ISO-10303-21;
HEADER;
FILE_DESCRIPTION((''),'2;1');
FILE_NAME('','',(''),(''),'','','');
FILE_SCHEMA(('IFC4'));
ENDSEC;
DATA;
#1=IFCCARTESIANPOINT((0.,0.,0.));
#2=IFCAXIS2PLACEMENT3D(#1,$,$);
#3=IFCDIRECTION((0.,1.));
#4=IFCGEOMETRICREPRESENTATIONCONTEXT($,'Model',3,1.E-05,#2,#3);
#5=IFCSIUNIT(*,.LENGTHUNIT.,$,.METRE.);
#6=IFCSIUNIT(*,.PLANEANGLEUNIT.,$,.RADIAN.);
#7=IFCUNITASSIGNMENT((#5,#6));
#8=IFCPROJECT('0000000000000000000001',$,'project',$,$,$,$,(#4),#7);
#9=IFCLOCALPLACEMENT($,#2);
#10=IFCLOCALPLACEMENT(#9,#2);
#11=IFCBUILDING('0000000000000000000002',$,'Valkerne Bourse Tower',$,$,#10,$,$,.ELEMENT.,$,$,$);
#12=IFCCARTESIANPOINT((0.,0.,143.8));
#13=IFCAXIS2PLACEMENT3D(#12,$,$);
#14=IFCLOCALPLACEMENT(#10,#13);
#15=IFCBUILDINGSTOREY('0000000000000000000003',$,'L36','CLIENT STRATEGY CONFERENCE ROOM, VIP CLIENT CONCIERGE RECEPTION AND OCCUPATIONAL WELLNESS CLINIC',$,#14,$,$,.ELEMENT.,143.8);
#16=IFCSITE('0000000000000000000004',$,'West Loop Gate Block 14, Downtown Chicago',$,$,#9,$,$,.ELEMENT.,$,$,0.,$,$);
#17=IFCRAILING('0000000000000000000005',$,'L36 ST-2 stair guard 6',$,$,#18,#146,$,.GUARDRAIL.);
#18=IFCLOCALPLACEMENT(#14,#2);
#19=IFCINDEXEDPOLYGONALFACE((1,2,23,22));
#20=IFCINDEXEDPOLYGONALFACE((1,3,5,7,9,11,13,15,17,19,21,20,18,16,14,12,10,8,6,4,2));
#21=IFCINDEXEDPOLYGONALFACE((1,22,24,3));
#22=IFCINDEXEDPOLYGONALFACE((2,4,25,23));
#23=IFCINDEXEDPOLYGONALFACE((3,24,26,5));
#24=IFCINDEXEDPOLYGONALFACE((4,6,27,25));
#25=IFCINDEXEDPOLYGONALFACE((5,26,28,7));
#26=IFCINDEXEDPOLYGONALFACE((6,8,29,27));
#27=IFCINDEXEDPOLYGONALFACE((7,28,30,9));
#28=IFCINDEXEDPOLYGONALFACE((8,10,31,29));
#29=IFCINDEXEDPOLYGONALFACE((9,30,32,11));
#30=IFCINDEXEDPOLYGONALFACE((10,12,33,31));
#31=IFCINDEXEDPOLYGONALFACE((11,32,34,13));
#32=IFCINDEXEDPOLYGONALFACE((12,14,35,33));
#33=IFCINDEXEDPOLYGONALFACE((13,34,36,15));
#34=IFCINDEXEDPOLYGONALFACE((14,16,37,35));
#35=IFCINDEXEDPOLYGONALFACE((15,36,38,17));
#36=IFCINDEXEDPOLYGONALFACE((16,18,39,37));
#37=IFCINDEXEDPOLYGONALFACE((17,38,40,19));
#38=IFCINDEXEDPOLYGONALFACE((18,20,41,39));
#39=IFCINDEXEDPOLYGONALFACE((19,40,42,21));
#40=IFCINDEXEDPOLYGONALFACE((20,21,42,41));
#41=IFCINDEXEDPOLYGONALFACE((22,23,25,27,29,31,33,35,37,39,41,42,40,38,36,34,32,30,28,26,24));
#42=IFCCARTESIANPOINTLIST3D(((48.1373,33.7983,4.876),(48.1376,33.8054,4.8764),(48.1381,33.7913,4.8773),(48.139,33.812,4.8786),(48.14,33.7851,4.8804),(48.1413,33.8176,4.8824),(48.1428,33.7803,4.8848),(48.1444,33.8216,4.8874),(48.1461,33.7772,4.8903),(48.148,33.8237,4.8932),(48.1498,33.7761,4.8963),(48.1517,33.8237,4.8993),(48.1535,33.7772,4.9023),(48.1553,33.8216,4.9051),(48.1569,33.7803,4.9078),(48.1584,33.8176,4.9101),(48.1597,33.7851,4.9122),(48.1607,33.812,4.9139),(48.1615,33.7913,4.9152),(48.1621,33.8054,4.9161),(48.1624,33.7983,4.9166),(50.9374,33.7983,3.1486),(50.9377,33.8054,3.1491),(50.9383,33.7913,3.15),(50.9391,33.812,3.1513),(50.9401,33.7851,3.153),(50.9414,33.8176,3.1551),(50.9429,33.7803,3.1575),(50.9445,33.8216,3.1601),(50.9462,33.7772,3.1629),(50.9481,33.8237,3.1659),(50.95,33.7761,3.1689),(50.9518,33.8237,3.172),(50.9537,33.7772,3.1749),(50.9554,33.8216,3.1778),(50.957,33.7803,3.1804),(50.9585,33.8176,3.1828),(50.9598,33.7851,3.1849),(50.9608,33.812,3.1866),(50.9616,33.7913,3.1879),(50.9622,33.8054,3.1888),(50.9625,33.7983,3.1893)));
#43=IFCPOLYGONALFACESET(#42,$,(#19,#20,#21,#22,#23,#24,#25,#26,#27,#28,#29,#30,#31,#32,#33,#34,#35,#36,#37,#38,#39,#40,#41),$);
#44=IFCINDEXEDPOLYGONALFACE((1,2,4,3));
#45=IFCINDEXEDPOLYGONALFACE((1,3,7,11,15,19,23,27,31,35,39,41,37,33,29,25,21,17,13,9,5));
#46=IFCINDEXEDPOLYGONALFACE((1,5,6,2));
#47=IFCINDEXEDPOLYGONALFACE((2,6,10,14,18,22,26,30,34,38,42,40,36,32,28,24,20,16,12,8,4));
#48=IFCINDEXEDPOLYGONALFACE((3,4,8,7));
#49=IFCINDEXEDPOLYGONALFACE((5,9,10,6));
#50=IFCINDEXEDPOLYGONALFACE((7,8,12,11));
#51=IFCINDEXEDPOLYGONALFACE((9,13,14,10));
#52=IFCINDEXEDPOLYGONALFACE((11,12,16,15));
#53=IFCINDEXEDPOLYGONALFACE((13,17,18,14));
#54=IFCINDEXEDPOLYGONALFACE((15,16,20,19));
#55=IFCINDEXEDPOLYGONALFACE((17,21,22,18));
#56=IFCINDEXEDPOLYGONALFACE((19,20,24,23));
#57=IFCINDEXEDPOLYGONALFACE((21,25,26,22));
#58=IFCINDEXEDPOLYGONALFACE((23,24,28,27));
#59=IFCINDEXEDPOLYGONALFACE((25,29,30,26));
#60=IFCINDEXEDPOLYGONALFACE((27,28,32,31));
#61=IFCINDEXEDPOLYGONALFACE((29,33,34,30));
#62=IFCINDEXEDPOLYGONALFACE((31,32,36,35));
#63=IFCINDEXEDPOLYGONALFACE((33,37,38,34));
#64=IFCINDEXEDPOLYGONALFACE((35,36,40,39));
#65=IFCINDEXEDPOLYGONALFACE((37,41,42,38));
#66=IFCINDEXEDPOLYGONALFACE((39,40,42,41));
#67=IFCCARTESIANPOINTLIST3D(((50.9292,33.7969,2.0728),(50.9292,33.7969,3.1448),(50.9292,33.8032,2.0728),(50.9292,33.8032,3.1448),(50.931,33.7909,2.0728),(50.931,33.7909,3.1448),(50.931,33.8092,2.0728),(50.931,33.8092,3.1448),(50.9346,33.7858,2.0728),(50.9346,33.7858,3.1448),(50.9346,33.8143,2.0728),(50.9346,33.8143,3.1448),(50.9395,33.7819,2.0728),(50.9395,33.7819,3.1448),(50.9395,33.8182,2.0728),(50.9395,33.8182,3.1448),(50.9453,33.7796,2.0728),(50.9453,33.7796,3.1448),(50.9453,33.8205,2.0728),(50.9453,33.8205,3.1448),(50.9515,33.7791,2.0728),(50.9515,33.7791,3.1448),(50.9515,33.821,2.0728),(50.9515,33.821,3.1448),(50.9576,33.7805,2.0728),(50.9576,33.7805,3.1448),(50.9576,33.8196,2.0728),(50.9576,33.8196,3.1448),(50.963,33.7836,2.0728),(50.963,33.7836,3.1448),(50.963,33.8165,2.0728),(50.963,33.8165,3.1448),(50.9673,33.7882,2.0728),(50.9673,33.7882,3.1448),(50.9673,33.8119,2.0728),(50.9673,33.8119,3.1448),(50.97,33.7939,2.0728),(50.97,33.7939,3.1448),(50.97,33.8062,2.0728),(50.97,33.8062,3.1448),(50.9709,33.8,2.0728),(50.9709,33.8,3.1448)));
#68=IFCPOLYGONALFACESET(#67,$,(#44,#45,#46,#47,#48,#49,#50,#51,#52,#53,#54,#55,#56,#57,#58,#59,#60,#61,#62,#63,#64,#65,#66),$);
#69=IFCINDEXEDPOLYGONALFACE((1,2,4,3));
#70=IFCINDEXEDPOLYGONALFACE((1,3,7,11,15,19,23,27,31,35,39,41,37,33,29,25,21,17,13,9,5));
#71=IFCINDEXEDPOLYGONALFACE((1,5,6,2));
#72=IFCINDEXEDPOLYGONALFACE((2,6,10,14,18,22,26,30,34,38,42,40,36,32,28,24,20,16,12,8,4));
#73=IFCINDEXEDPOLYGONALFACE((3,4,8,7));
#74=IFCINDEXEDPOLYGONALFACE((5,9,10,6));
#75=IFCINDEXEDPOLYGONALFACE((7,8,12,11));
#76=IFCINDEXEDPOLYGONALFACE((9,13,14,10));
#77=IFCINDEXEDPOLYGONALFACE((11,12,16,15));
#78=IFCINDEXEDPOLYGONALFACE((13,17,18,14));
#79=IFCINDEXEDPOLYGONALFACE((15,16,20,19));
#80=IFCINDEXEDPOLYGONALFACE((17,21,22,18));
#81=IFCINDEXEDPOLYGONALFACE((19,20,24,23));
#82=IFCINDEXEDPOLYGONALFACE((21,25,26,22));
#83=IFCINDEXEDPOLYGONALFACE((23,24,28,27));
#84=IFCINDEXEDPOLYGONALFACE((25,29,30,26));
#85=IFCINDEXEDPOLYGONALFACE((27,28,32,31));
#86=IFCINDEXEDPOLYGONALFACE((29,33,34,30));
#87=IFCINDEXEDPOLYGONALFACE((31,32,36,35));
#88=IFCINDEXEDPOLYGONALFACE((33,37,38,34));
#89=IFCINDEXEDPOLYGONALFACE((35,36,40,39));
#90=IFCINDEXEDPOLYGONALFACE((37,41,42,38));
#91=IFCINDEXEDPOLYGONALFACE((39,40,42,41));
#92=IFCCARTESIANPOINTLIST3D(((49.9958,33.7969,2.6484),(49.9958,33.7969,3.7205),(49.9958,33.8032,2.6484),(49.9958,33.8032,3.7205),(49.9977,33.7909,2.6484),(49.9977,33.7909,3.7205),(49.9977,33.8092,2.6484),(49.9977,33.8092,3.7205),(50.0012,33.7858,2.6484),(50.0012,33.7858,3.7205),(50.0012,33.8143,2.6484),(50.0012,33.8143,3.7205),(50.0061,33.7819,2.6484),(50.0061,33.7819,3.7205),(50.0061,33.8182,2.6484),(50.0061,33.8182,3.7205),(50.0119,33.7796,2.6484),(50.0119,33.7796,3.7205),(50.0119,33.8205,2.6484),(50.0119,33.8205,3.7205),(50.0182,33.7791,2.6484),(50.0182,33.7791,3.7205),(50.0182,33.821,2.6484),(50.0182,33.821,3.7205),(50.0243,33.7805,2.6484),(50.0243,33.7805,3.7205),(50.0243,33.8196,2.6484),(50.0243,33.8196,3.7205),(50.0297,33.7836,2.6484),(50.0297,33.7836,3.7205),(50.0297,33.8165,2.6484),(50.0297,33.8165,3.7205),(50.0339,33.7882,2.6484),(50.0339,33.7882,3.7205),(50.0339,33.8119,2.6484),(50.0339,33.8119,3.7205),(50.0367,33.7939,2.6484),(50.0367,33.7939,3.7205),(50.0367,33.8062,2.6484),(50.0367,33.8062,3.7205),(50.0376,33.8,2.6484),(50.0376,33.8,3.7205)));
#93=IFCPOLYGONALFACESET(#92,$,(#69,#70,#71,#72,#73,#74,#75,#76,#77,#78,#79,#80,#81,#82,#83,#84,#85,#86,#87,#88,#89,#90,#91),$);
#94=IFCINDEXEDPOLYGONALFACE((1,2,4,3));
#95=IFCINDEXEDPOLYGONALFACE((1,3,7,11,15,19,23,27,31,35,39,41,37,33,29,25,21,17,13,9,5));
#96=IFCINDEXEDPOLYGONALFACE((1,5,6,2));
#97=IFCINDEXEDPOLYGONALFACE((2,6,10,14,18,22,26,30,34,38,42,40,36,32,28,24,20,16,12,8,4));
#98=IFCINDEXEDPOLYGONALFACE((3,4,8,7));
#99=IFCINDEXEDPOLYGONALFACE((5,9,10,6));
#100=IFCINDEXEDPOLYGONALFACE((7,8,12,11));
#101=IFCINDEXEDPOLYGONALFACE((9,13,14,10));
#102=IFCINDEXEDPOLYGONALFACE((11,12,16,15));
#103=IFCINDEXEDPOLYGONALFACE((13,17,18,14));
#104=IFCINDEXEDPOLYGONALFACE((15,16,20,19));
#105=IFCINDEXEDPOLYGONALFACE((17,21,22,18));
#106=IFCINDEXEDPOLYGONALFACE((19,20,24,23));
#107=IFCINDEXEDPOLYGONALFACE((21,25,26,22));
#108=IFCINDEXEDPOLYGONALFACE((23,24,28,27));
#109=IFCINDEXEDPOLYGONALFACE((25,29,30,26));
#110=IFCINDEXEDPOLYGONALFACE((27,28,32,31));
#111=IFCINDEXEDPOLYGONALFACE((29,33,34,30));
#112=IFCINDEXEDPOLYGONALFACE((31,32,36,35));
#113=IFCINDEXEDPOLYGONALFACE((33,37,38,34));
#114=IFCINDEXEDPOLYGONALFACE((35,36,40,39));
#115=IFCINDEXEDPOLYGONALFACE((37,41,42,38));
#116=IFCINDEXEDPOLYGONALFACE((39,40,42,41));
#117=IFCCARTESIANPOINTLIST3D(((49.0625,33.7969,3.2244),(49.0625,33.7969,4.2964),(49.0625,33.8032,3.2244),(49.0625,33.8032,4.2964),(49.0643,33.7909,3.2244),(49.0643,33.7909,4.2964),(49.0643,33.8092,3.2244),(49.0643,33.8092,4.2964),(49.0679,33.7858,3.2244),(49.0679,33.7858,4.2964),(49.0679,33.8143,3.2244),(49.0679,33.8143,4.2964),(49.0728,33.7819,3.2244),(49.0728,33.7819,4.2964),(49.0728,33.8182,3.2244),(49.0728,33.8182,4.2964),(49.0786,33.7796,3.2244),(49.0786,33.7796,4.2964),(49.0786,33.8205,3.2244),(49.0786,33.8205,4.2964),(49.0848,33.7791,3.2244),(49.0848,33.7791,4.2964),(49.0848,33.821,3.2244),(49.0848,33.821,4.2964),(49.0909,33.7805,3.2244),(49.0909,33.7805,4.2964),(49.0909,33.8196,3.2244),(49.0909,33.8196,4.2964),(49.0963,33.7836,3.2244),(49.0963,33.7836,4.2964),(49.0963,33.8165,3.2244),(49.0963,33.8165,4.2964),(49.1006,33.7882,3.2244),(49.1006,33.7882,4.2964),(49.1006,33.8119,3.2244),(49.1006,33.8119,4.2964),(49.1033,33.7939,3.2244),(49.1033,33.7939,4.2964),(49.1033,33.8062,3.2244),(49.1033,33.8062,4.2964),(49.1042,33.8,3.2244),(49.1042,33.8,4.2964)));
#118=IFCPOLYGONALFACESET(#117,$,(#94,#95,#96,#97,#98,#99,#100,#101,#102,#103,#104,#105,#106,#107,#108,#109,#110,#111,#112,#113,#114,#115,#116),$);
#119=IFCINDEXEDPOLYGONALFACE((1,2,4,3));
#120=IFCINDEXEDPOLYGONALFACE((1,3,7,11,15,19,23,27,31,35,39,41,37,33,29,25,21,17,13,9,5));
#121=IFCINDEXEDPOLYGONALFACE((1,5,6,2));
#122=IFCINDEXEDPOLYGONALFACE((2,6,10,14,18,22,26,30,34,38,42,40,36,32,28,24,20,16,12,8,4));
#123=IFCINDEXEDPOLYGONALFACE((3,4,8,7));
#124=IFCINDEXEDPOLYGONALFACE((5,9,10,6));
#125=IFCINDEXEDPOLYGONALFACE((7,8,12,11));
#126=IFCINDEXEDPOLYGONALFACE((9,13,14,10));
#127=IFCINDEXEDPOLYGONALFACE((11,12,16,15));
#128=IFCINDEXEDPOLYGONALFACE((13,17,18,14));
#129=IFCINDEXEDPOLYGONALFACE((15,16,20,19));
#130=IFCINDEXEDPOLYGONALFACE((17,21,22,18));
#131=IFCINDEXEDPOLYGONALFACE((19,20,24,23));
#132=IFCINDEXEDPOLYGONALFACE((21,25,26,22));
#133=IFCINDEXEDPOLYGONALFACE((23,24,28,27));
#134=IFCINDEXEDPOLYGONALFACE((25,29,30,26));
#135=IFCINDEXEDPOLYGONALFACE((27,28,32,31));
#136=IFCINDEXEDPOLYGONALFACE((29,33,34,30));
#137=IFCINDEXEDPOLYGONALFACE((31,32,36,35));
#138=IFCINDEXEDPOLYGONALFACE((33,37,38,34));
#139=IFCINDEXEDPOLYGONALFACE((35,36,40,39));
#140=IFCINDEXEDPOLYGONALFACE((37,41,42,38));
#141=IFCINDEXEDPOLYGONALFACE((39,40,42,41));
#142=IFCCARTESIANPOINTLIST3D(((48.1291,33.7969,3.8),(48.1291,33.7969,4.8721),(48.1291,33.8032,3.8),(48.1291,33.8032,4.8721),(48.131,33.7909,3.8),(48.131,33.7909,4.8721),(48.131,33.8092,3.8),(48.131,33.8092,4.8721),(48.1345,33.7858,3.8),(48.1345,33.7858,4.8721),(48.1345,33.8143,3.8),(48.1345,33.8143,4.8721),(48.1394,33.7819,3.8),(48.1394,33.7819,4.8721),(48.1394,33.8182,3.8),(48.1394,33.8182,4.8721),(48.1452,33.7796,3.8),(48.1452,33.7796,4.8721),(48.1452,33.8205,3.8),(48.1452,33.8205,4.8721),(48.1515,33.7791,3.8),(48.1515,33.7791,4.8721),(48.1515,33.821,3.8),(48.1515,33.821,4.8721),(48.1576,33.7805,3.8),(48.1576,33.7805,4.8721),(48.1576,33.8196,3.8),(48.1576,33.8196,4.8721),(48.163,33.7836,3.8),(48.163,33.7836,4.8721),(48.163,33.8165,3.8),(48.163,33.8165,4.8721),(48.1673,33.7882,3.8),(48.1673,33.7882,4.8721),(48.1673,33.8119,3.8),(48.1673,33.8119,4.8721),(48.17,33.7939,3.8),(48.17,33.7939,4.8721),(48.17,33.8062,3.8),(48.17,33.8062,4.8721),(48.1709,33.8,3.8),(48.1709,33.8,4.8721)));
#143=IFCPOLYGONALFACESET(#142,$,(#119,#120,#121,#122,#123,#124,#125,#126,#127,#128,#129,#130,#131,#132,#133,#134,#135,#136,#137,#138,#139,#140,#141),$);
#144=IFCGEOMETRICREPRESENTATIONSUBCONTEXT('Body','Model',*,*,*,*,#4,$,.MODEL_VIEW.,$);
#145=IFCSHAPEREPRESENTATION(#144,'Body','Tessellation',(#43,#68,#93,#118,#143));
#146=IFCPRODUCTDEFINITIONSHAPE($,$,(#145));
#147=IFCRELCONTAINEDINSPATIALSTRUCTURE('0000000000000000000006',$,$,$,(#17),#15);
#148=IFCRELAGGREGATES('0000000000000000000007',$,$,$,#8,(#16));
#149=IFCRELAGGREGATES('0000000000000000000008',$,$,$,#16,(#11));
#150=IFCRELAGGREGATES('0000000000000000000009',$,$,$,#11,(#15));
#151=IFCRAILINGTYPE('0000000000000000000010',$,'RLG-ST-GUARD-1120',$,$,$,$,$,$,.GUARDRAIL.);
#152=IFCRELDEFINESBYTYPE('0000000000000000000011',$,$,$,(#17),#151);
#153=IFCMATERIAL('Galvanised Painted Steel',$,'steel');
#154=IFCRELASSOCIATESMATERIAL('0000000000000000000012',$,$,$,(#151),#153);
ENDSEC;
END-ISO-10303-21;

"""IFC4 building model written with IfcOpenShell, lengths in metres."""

from ifc_helpers import new_model, si_unit, direction, frame, origin, origin_2d, place, context, subcontext, project, spatial, circle, extrude, material, type_object, element, save


model = new_model("IFC4")

# Units and contexts
model_context = context("Model", 3, precision=1e-05, world=origin(), true_north=direction((0.0, 1.0)))
body_context = subcontext(model_context, "Body", "Model", "MODEL_VIEW")
ifc_project = project(units=[si_unit("LENGTHUNIT", "METRE"), si_unit("PLANEANGLEUNIT", "RADIAN")], contexts=[model_context])

# Site, building, storey
site_placement = place(None, origin())
site = spatial("IfcSite", under=ifc_project, at=site_placement, Name="West Loop Gate Block 14, Downtown Chicago", CompositionType="ELEMENT", RefElevation=0.0)
building_placement = place(site_placement, origin())
building = spatial("IfcBuilding", under=site, at=building_placement, Name="Valkerne Bourse Tower", CompositionType="ELEMENT")
storey_placement = place(building_placement, frame((0.0, 0.0, 143.8)))
storey = spatial("IfcBuildingStorey", under=building, at=storey_placement, Name="L36", Description="CLIENT STRATEGY CONFERENCE ROOM, VIP CLIENT CONCIERGE RECEPTION AND OCCUPATIONAL WELLNESS CLINIC", CompositionType="ELEMENT", Elevation=143.8)

# Shared definitions
ifc_material_1 = material(Name="Galvanised Painted Steel", Category="steel")

# Railing
railing_type_1 = type_object("IfcRailingType", Name="RLG-ST-GUARD-1120", PredefinedType="GUARDRAIL", material=ifc_material_1)
railing_1_placement = place(storey_placement, frame((50.95, 33.8, 2.0728)))
element("IfcRailing", 1, at=railing_1_placement, inside=storey, type_object=railing_type_1, Name="L36 ST-2 stair guard 6", PredefinedType="GUARDRAIL", context=body_context, shape_type="SweptSolid", body=[
    extrude(circle(Radius=0.0239, at=origin_2d()), frame((0.0, 0.0, 1.0962), z_axis=(-0.85109, 0.0, 0.52502), x_axis=(0.0, -1.0, 0.0)), (0.0, 0.0, 1.0), 3.29),
    extrude(circle(Radius=0.021, at=origin_2d()), origin(), (0.0, 0.0, 1.0), 1.072),
    extrude(circle(Radius=0.021, at=origin_2d()), frame((-0.9333, 0.0, 0.5757)), (0.0, 0.0, 1.0), 1.072),
    extrude(circle(Radius=0.021, at=origin_2d()), frame((-1.8667, 0.0, 1.1516)), (0.0, 0.0, 1.0), 1.072),
    extrude(circle(Radius=0.021, at=origin_2d()), frame((-2.8, 0.0, 1.7273)), (0.0, 0.0, 1.0), 1.072),
])

save(model, "model.ifc")
